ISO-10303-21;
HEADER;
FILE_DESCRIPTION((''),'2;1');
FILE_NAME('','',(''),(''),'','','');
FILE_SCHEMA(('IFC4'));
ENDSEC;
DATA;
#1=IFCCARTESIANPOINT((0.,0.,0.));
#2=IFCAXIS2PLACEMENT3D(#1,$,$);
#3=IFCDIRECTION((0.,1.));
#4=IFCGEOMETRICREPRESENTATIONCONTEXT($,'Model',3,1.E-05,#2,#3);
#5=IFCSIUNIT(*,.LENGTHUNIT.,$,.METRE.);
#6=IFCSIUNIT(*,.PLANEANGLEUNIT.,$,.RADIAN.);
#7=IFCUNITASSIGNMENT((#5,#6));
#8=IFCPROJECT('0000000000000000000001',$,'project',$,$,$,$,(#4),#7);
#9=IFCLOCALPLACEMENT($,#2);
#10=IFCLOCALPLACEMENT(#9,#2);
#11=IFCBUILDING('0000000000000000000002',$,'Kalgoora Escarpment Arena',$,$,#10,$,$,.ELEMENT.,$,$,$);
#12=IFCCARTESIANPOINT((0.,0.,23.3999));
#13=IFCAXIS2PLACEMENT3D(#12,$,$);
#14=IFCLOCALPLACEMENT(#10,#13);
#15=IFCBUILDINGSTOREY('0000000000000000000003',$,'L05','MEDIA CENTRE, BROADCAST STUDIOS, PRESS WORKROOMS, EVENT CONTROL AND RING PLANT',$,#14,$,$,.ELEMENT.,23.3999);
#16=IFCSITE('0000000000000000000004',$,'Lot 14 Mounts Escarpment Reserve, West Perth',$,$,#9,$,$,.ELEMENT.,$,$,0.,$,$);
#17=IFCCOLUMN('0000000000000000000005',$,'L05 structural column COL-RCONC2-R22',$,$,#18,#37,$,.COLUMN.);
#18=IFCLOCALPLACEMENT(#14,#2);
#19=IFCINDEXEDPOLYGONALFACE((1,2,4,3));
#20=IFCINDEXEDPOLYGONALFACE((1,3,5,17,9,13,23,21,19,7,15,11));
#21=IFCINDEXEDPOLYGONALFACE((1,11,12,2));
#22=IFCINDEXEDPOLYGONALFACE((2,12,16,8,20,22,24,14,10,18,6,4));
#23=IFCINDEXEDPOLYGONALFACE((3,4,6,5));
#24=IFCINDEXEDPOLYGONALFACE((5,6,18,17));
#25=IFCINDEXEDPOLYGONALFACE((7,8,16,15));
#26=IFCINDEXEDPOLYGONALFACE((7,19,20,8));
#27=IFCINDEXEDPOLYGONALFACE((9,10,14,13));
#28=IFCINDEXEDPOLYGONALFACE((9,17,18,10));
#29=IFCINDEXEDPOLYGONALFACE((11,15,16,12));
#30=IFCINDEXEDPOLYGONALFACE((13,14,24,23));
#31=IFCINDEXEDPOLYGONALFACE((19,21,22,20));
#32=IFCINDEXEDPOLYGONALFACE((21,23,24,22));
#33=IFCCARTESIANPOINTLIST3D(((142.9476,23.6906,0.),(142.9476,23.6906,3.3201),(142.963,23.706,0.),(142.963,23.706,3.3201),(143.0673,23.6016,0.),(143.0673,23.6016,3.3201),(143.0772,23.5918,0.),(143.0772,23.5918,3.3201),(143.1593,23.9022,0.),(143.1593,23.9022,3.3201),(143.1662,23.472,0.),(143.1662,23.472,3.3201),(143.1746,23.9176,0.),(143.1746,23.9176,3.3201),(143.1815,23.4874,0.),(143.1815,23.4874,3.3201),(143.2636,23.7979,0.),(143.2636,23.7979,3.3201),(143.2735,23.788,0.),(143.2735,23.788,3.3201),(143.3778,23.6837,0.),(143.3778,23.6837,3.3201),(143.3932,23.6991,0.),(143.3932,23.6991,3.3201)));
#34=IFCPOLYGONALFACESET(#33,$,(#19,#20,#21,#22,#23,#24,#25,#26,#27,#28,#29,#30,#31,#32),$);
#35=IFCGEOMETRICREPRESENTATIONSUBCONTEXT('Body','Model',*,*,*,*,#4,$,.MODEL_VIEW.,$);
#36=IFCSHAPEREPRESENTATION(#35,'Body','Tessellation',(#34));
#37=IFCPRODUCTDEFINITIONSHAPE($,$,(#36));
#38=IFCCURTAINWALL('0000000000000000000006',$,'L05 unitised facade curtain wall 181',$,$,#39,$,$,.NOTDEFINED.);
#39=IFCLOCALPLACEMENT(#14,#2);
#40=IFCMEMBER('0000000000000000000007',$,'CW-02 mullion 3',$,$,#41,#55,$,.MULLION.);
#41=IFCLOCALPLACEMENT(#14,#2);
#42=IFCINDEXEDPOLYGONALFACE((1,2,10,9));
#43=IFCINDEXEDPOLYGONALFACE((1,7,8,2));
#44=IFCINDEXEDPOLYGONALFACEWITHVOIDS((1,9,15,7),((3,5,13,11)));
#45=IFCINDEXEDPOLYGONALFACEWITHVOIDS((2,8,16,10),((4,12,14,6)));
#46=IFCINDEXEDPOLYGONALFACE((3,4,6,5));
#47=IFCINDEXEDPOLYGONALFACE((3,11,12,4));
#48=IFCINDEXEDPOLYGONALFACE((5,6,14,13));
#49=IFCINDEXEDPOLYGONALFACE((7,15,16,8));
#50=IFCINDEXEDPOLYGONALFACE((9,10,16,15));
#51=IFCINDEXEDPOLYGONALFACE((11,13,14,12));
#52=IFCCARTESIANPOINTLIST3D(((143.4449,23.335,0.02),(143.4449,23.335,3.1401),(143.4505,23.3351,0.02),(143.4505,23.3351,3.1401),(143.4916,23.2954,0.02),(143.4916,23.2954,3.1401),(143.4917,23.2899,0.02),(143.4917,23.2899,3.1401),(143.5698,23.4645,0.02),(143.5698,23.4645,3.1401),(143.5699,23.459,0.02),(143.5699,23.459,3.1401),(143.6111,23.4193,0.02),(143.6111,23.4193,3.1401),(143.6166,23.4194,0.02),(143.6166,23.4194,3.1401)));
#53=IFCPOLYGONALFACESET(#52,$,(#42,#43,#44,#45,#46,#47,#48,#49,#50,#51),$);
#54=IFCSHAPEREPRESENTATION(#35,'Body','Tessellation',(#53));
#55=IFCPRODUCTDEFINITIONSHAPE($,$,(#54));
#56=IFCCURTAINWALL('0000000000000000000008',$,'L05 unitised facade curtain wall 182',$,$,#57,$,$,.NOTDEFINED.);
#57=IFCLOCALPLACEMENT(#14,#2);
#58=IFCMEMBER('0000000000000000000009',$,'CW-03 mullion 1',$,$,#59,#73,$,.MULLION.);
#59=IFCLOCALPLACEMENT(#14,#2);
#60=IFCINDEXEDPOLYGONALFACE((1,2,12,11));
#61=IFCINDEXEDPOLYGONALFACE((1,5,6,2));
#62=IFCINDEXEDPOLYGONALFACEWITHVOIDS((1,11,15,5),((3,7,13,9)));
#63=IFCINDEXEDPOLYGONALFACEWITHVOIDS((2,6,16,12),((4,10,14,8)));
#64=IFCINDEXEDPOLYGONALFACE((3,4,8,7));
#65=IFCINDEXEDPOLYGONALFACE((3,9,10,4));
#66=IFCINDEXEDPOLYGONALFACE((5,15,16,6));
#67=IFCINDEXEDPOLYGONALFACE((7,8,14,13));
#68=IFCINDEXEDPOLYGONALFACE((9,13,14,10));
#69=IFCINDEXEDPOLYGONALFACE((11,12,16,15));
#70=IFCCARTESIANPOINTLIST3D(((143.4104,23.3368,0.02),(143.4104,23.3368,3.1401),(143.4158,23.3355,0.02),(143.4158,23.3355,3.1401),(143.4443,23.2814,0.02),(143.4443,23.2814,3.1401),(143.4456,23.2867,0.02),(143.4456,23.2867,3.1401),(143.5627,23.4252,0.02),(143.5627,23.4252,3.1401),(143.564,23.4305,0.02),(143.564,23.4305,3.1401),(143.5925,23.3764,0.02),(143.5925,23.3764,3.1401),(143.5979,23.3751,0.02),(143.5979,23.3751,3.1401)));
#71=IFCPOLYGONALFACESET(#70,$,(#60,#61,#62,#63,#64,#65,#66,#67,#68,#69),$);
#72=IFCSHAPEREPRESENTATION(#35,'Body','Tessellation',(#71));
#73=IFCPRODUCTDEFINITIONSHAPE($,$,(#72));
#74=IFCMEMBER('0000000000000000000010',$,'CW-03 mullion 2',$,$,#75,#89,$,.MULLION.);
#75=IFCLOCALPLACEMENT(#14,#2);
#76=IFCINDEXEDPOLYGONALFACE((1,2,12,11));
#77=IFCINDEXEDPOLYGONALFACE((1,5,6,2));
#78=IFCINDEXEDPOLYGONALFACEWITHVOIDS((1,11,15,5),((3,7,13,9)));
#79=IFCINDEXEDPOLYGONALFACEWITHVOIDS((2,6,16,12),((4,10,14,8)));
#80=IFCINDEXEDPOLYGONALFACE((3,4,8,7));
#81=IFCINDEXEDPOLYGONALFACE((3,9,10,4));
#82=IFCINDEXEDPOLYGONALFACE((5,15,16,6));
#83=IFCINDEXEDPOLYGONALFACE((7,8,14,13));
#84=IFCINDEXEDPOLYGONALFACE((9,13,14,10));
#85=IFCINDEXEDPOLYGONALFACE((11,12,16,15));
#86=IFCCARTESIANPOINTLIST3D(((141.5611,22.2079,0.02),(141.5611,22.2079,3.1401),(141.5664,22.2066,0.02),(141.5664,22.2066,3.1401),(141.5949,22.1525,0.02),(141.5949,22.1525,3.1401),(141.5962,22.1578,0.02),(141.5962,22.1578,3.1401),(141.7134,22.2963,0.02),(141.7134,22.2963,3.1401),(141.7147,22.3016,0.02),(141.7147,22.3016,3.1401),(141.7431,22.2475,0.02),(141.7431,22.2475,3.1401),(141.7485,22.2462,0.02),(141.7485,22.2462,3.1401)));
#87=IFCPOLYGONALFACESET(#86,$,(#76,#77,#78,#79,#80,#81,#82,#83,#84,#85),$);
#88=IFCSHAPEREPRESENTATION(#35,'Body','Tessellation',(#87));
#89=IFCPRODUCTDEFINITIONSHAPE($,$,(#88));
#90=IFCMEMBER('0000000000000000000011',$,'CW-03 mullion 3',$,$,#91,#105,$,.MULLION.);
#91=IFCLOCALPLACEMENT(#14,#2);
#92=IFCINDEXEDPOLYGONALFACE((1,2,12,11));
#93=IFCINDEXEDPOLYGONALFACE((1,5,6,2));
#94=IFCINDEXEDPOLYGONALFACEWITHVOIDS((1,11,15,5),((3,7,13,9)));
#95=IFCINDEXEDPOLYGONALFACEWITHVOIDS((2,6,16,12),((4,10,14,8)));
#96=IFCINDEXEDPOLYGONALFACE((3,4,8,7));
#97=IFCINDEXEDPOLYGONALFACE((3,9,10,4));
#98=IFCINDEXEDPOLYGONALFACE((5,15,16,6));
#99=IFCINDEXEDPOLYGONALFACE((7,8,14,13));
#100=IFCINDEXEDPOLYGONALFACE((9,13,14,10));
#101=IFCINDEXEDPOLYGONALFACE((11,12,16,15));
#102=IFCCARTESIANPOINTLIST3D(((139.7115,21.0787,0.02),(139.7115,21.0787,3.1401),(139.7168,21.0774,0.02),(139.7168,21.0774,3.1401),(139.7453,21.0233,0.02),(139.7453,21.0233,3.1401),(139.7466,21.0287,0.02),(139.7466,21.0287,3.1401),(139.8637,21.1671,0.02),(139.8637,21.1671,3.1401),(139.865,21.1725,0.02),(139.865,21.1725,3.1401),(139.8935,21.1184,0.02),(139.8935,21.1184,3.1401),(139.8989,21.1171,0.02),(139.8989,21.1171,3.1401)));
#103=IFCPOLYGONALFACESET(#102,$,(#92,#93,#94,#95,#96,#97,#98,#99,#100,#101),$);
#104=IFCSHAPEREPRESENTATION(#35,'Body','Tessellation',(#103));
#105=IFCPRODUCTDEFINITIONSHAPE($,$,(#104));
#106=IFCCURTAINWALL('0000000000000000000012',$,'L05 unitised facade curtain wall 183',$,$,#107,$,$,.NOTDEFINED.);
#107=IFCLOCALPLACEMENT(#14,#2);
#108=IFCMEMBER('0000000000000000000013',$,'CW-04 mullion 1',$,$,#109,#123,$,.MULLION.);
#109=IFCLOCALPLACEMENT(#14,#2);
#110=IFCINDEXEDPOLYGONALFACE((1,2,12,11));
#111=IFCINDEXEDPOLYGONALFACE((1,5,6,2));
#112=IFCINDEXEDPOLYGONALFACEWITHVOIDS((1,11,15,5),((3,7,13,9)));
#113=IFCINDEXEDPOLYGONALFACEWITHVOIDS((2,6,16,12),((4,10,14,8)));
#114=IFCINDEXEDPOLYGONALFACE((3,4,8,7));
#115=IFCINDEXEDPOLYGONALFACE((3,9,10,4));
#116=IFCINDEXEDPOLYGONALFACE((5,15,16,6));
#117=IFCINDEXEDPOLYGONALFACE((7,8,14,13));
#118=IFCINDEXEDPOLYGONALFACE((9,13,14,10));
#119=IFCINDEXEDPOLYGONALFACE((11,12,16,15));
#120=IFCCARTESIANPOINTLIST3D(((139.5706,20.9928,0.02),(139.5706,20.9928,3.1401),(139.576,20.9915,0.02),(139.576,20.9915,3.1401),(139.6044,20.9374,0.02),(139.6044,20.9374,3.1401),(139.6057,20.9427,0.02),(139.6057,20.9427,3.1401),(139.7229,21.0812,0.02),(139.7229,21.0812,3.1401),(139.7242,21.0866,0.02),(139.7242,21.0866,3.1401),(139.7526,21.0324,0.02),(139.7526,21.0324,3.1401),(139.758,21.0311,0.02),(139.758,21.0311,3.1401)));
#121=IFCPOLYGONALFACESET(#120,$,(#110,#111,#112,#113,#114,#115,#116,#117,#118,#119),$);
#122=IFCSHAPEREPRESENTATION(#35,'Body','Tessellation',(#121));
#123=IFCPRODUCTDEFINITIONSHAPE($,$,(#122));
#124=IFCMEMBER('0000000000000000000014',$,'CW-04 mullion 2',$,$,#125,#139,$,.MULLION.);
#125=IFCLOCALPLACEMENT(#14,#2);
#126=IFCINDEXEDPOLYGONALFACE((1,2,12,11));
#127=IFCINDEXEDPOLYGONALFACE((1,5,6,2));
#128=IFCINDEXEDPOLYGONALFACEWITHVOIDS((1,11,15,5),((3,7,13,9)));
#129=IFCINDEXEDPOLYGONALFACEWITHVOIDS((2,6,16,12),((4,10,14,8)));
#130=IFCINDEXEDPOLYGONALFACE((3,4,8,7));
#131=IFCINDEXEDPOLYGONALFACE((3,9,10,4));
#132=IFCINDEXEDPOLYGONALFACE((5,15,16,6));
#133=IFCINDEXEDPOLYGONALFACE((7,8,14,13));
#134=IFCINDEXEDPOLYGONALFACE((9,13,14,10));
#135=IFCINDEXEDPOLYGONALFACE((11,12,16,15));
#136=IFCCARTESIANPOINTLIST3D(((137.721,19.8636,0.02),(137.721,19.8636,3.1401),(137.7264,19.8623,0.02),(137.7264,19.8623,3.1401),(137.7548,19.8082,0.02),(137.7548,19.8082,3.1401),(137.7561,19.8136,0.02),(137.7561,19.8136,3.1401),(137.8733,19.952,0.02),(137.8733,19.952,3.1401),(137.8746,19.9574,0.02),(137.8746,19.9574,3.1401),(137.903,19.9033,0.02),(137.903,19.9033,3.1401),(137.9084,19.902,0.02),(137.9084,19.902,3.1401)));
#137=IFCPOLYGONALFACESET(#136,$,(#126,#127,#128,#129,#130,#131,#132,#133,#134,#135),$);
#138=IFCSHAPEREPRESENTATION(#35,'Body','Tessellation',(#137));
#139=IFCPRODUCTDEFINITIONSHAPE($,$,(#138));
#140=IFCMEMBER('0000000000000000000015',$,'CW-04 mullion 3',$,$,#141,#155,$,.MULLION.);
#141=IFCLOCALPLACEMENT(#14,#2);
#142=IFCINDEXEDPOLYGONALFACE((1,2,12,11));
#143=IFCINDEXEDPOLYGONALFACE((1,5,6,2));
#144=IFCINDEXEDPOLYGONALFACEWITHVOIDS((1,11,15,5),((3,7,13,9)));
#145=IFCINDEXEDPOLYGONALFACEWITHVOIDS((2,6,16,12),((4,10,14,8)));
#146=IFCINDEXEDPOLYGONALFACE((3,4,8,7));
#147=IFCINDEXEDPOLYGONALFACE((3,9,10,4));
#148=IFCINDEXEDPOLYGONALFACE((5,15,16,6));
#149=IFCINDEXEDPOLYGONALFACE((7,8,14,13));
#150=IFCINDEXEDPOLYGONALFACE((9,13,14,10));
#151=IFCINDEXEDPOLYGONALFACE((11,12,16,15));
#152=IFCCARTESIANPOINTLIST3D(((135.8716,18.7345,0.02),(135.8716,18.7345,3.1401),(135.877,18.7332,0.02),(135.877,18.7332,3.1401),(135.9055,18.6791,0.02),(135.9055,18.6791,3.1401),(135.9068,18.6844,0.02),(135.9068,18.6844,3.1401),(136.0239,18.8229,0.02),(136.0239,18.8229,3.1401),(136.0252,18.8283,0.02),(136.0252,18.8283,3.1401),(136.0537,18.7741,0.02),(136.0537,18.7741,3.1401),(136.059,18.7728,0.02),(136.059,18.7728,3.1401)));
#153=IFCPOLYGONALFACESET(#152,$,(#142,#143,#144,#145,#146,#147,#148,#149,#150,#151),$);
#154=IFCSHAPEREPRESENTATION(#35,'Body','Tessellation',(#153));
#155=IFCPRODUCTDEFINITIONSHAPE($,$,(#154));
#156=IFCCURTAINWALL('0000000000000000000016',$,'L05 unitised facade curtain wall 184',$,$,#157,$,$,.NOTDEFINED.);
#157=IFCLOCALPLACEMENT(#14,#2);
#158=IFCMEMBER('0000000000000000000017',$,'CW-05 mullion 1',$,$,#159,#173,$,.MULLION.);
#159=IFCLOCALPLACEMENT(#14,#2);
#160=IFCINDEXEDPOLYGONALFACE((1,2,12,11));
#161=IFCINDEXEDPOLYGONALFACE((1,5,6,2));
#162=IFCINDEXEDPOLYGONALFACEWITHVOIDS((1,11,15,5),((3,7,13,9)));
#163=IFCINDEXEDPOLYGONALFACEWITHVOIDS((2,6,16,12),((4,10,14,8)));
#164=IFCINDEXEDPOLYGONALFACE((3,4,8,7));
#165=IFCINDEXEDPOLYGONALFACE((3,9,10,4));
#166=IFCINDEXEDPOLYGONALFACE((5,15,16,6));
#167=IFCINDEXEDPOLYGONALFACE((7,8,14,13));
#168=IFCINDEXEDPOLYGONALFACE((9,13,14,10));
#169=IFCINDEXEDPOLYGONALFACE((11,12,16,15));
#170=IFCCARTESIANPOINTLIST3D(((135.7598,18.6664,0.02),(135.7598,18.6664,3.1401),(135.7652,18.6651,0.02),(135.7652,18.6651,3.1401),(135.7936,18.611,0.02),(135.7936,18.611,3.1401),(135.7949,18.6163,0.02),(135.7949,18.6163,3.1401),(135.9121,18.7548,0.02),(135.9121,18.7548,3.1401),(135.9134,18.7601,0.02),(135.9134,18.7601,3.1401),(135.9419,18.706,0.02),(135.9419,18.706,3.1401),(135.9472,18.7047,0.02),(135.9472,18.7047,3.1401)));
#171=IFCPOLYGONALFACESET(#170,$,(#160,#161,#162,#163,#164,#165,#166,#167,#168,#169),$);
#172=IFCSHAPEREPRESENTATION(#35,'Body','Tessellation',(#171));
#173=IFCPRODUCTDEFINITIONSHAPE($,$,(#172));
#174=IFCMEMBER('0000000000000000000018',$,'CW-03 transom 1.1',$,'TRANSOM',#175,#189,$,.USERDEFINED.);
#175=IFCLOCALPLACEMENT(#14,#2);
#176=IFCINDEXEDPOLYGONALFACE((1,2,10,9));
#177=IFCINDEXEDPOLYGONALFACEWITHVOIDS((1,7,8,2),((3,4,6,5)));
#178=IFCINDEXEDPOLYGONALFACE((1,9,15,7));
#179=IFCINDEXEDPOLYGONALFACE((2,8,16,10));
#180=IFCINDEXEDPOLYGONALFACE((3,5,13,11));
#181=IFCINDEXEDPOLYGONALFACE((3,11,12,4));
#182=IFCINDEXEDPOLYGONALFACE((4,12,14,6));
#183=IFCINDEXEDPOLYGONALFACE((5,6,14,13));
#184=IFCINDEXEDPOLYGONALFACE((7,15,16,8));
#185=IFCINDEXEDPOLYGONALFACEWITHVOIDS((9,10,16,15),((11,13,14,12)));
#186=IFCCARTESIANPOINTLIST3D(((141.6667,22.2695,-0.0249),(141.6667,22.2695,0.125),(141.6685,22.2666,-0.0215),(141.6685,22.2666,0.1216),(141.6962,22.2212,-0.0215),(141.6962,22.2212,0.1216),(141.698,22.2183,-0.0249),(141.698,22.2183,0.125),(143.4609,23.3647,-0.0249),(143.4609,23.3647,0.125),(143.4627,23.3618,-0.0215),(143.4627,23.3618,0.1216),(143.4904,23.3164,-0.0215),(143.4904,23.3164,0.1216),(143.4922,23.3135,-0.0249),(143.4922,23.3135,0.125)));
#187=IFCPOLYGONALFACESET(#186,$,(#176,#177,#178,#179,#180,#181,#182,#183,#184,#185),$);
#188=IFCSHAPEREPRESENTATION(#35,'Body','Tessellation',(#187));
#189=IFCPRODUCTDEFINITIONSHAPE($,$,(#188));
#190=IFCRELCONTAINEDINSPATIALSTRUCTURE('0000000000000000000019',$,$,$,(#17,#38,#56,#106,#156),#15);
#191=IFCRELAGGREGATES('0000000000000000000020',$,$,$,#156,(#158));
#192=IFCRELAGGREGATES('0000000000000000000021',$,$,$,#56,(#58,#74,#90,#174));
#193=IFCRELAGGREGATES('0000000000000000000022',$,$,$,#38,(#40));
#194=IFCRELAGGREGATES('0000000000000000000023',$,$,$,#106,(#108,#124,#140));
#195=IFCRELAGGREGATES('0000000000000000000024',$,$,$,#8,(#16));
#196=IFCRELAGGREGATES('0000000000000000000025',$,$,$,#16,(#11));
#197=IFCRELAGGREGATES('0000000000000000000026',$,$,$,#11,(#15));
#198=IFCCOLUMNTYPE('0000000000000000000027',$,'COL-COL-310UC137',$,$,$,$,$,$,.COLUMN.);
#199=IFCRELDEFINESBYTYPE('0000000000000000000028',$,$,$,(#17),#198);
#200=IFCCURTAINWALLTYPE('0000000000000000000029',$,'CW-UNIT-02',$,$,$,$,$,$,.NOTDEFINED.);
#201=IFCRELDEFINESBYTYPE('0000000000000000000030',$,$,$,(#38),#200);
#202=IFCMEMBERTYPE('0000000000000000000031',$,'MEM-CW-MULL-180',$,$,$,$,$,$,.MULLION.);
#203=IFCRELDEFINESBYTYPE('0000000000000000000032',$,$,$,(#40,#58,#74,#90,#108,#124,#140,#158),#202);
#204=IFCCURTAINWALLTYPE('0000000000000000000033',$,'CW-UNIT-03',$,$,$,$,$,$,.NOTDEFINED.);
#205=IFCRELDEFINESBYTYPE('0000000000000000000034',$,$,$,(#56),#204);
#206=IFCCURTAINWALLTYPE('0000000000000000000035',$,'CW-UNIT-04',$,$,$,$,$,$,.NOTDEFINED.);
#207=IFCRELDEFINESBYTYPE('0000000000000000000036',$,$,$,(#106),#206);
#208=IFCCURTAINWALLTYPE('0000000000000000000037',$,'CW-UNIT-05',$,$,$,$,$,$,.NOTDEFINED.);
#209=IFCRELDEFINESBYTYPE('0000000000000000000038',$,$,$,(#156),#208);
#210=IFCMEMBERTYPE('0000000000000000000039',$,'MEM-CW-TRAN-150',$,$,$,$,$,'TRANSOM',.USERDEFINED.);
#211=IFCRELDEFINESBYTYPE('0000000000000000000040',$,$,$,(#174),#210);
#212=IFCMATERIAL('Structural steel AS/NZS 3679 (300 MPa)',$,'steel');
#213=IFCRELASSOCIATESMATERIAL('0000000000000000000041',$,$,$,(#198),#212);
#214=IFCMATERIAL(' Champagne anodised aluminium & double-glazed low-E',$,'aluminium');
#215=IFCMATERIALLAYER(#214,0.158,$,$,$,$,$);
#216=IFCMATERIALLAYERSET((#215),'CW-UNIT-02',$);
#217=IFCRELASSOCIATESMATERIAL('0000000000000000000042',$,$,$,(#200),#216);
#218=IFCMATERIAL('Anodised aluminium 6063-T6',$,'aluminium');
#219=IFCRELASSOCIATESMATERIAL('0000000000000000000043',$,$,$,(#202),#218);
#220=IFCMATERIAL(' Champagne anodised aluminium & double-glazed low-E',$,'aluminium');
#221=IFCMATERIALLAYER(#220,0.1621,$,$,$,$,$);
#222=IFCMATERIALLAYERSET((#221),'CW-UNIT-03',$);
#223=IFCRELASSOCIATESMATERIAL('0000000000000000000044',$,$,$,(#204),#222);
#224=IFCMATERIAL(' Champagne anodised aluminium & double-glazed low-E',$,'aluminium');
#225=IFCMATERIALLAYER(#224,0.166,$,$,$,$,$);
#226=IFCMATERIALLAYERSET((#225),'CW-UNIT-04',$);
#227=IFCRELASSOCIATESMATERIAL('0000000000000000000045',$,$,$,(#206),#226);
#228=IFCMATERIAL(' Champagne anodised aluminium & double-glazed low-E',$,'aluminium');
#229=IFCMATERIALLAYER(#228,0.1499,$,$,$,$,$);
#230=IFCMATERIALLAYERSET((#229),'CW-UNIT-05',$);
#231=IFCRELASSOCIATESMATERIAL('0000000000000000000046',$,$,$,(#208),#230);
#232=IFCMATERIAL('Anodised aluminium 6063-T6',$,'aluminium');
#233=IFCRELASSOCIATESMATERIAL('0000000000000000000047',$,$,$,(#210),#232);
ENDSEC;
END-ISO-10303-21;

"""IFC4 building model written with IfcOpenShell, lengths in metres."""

from ifc_helpers import new_model, si_unit, direction, frame, origin, origin_2d, place, context, subcontext, project, spatial, hollow_rectangle, i_section, extrude, material, layer, layer_set, material_profile, profile_set, type_object, element, aggregate, save


model = new_model("IFC4")

# Units and contexts
model_context = context("Model", 3, precision=1e-05, world=origin(), true_north=direction((0.0, 1.0)))
body_context = subcontext(model_context, "Body", "Model", "MODEL_VIEW")
ifc_project = project(units=[si_unit("LENGTHUNIT", "METRE"), si_unit("PLANEANGLEUNIT", "RADIAN")], contexts=[model_context])

# Site, building, storey
site_placement = place(None, origin())
site = spatial("IfcSite", under=ifc_project, at=site_placement, Name="Lot 14 Mounts Escarpment Reserve, West Perth", CompositionType="ELEMENT", RefElevation=0.0)
building_placement = place(site_placement, origin())
building = spatial("IfcBuilding", under=site, at=building_placement, Name="Kalgoora Escarpment Arena", CompositionType="ELEMENT")
storey_placement = place(building_placement, frame((0.0, 0.0, 23.3999)))
storey = spatial("IfcBuildingStorey", under=building, at=storey_placement, Name="L05", Description="MEDIA CENTRE, BROADCAST STUDIOS, PRESS WORKROOMS, EVENT CONTROL AND RING PLANT", CompositionType="ELEMENT", Elevation=23.3999)

# Column
ifc_material_1 = material(Name="Structural steel AS/NZS 3679 (300 MPa)", Category="steel")
ifc_material_profile_1 = material_profile(ifc_material_1, i_section(OverallWidth=0.3091, OverallDepth=0.321, WebThickness=0.0139, FlangeThickness=0.0217, at=origin_2d()))
ifc_profile_set_1 = profile_set([ifc_material_profile_1], Name="Structural steel AS/NZS 3679 (300 MPa)")
column_type = type_object("IfcColumnType", Name="COL-COL-310UC137", PredefinedType="COLUMN", material=ifc_profile_set_1)
column_placement = place(storey_placement, frame((143.1704, 23.6948, 0.0), z_axis=(0.0, 0.0, 1.0), x_axis=(0.707107, -0.707107, 0.0)))
element("IfcColumn", 1, at=column_placement, inside=storey, type_object=column_type, Name="L05 structural column COL-RCONC2-R22", PredefinedType="COLUMN", context=body_context, shape_type="SweptSolid", body=[
    extrude(i_section(OverallWidth=0.3091, OverallDepth=0.321, WebThickness=0.0139, FlangeThickness=0.0217, at=origin_2d()), origin(), (0.0, 0.0, 1.0), 3.3201),
])

# Curtain wall, member
ifc_material_2 = material(Name=" Champagne anodised aluminium & double-glazed low-E", Category="aluminium")
ifc_layer_1 = layer(ifc_material_2, 0.158)
ifc_layer_set_1 = layer_set([ifc_layer_1], Name="CW-UNIT-02")
curtain_wall_type_1 = type_object("IfcCurtainWallType", Name="CW-UNIT-02", PredefinedType="NOTDEFINED", material=ifc_layer_set_1)
curtain_wall_1_placement = place(storey_placement, origin())
curtain_wall_1 = element("IfcCurtainWall", 2, at=curtain_wall_1_placement, inside=storey, type_object=curtain_wall_type_1, Name="L05 unitised facade curtain wall 181", PredefinedType="NOTDEFINED")
ifc_material_3 = material(Name="Anodised aluminium 6063-T6", Category="aluminium")
ifc_material_profile_2 = material_profile(ifc_material_3, hollow_rectangle(XDim=0.0649, YDim=0.1799, WallThickness=0.0039, at=origin_2d()))
ifc_profile_set_2 = profile_set([ifc_material_profile_2], Name="Anodised aluminium 6063-T6")
member_type_1 = type_object("IfcMemberType", Name="MEM-CW-MULL-180", PredefinedType="MULLION", material=ifc_profile_set_2)
member_1_placement = place(storey_placement, frame((143.5308, 23.3772, 0.02), z_axis=(0.0, 0.0, 1.0), x_axis=(0.71978, -0.694202, 0.0)))
member_1 = element("IfcMember", 3, at=member_1_placement, type_object=member_type_1, Name="CW-02 mullion 3", PredefinedType="MULLION", context=body_context, shape_type="SweptSolid", body=[
    extrude(hollow_rectangle(XDim=0.0649, YDim=0.1799, WallThickness=0.0039, at=origin_2d()), origin(), (0.0, 0.0, 1.0), 3.1201),
])

# Curtain walls, members
ifc_material_4 = material(Name=" Champagne anodised aluminium & double-glazed low-E", Category="aluminium")
ifc_layer_2 = layer(ifc_material_4, 0.1621)
ifc_layer_set_2 = layer_set([ifc_layer_2], Name="CW-UNIT-03")
curtain_wall_type_2 = type_object("IfcCurtainWallType", Name="CW-UNIT-03", PredefinedType="NOTDEFINED", material=ifc_layer_set_2)
curtain_wall_2_placement = place(storey_placement, origin())
curtain_wall_2 = element("IfcCurtainWall", 4, at=curtain_wall_2_placement, inside=storey, type_object=curtain_wall_type_2, Name="L05 unitised facade curtain wall 182", PredefinedType="NOTDEFINED")
member_2_placement = place(storey_placement, frame((143.5042, 23.356, 0.02), z_axis=(0.0, 0.0, 1.0), x_axis=(0.52104, -0.853532, 0.0)))
member_2 = element("IfcMember", 5, at=member_2_placement, type_object=member_type_1, Name="CW-03 mullion 1", PredefinedType="MULLION", context=body_context, shape_type="SweptSolid", body=[
    extrude(hollow_rectangle(XDim=0.0649, YDim=0.1799, WallThickness=0.0039, at=origin_2d()), origin(), (0.0, 0.0, 1.0), 3.1201),
])
member_3_placement = place(storey_placement, frame((141.6548, 22.2271, 0.02), z_axis=(0.0, 0.0, 1.0), x_axis=(0.52104, -0.853532, 0.0)))
member_3 = element("IfcMember", 6, at=member_3_placement, type_object=member_type_1, Name="CW-03 mullion 2", PredefinedType="MULLION", context=body_context, shape_type="SweptSolid", body=[
    extrude(hollow_rectangle(XDim=0.0649, YDim=0.1799, WallThickness=0.0039, at=origin_2d()), origin(), (0.0, 0.0, 1.0), 3.1201),
])
member_4_placement = place(storey_placement, frame((139.8052, 21.0979, 0.02), z_axis=(0.0, 0.0, 1.0), x_axis=(0.52104, -0.853532, 0.0)))
member_4 = element("IfcMember", 7, at=member_4_placement, type_object=member_type_1, Name="CW-03 mullion 3", PredefinedType="MULLION", context=body_context, shape_type="SweptSolid", body=[
    extrude(hollow_rectangle(XDim=0.0649, YDim=0.1799, WallThickness=0.0039, at=origin_2d()), origin(), (0.0, 0.0, 1.0), 3.1201),
])
ifc_material_5 = material(Name=" Champagne anodised aluminium & double-glazed low-E", Category="aluminium")
ifc_layer_3 = layer(ifc_material_5, 0.166)
ifc_layer_set_3 = layer_set([ifc_layer_3], Name="CW-UNIT-04")
curtain_wall_type_3 = type_object("IfcCurtainWallType", Name="CW-UNIT-04", PredefinedType="NOTDEFINED", material=ifc_layer_set_3)
curtain_wall_3_placement = place(storey_placement, origin())
curtain_wall_3 = element("IfcCurtainWall", 8, at=curtain_wall_3_placement, inside=storey, type_object=curtain_wall_type_3, Name="L05 unitised facade curtain wall 183", PredefinedType="NOTDEFINED")
member_5_placement = place(storey_placement, frame((139.6643, 21.012, 0.02), z_axis=(0.0, 0.0, 1.0), x_axis=(0.521067, -0.853516, 0.0)))
member_5 = element("IfcMember", 9, at=member_5_placement, type_object=member_type_1, Name="CW-04 mullion 1", PredefinedType="MULLION", context=body_context, shape_type="SweptSolid", body=[
    extrude(hollow_rectangle(XDim=0.0649, YDim=0.1799, WallThickness=0.0039, at=origin_2d()), origin(), (0.0, 0.0, 1.0), 3.1201),
])
member_6_placement = place(storey_placement, frame((137.8147, 19.8828, 0.02), z_axis=(0.0, 0.0, 1.0), x_axis=(0.521067, -0.853516, 0.0)))
member_6 = element("IfcMember", 10, at=member_6_placement, type_object=member_type_1, Name="CW-04 mullion 2", PredefinedType="MULLION", context=body_context, shape_type="SweptSolid", body=[
    extrude(hollow_rectangle(XDim=0.0649, YDim=0.1799, WallThickness=0.0039, at=origin_2d()), origin(), (0.0, 0.0, 1.0), 3.1201),
])
member_7_placement = place(storey_placement, frame((135.9653, 18.7537, 0.02), z_axis=(0.0, 0.0, 1.0), x_axis=(0.521067, -0.853516, 0.0)))
member_7 = element("IfcMember", 11, at=member_7_placement, type_object=member_type_1, Name="CW-04 mullion 3", PredefinedType="MULLION", context=body_context, shape_type="SweptSolid", body=[
    extrude(hollow_rectangle(XDim=0.0649, YDim=0.1799, WallThickness=0.0039, at=origin_2d()), origin(), (0.0, 0.0, 1.0), 3.1201),
])

# Curtain wall, member
ifc_material_6 = material(Name=" Champagne anodised aluminium & double-glazed low-E", Category="aluminium")
ifc_layer_4 = layer(ifc_material_6, 0.1499)
ifc_layer_set_4 = layer_set([ifc_layer_4], Name="CW-UNIT-05")
curtain_wall_type_4 = type_object("IfcCurtainWallType", Name="CW-UNIT-05", PredefinedType="NOTDEFINED", material=ifc_layer_set_4)
curtain_wall_4_placement = place(storey_placement, origin())
curtain_wall_4 = element("IfcCurtainWall", 12, at=curtain_wall_4_placement, inside=storey, type_object=curtain_wall_type_4, Name="L05 unitised facade curtain wall 184", PredefinedType="NOTDEFINED")
member_8_placement = place(storey_placement, frame((135.8535, 18.6855, 0.02), z_axis=(0.0, 0.0, 1.0), x_axis=(0.521049, -0.853527, 0.0)))
member_8 = element("IfcMember", 13, at=member_8_placement, type_object=member_type_1, Name="CW-05 mullion 1", PredefinedType="MULLION", context=body_context, shape_type="SweptSolid", body=[
    extrude(hollow_rectangle(XDim=0.0649, YDim=0.1799, WallThickness=0.0039, at=origin_2d()), origin(), (0.0, 0.0, 1.0), 3.1201),
])

# Member
ifc_material_7 = material(Name="Anodised aluminium 6063-T6", Category="aluminium")
ifc_material_profile_3 = material_profile(ifc_material_7, hollow_rectangle(XDim=0.0601, YDim=0.1499, WallThickness=0.0034, at=origin_2d()))
ifc_profile_set_3 = profile_set([ifc_material_profile_3], Name="Anodised aluminium 6063-T6")
member_type_2 = type_object("IfcMemberType", Name="MEM-CW-TRAN-150", ElementType="TRANSOM", PredefinedType="USERDEFINED", material=ifc_profile_set_3)
member_9_placement = place(storey_placement, frame((143.4766, 23.3391, 0.05), z_axis=(-0.853543, -0.521022, 0.0), x_axis=(0.521022, -0.853543, 0.0)))
member_9 = element("IfcMember", 14, at=member_9_placement, type_object=member_type_2, Name="CW-03 transom 1.1", ObjectType="TRANSOM", PredefinedType="USERDEFINED", context=body_context, shape_type="SweptSolid", body=[
    extrude(hollow_rectangle(XDim=0.0601, YDim=0.1499, WallThickness=0.0034, at=origin_2d()), origin(), (0.0, 0.0, 1.0), 2.1021),
])
aggregate(curtain_wall_4, [member_8])

aggregate(curtain_wall_2, [member_2, member_3, member_4, member_9])
aggregate(curtain_wall_1, [member_1])
aggregate(curtain_wall_3, [member_5, member_6, member_7])

save(model, "model.ifc")
